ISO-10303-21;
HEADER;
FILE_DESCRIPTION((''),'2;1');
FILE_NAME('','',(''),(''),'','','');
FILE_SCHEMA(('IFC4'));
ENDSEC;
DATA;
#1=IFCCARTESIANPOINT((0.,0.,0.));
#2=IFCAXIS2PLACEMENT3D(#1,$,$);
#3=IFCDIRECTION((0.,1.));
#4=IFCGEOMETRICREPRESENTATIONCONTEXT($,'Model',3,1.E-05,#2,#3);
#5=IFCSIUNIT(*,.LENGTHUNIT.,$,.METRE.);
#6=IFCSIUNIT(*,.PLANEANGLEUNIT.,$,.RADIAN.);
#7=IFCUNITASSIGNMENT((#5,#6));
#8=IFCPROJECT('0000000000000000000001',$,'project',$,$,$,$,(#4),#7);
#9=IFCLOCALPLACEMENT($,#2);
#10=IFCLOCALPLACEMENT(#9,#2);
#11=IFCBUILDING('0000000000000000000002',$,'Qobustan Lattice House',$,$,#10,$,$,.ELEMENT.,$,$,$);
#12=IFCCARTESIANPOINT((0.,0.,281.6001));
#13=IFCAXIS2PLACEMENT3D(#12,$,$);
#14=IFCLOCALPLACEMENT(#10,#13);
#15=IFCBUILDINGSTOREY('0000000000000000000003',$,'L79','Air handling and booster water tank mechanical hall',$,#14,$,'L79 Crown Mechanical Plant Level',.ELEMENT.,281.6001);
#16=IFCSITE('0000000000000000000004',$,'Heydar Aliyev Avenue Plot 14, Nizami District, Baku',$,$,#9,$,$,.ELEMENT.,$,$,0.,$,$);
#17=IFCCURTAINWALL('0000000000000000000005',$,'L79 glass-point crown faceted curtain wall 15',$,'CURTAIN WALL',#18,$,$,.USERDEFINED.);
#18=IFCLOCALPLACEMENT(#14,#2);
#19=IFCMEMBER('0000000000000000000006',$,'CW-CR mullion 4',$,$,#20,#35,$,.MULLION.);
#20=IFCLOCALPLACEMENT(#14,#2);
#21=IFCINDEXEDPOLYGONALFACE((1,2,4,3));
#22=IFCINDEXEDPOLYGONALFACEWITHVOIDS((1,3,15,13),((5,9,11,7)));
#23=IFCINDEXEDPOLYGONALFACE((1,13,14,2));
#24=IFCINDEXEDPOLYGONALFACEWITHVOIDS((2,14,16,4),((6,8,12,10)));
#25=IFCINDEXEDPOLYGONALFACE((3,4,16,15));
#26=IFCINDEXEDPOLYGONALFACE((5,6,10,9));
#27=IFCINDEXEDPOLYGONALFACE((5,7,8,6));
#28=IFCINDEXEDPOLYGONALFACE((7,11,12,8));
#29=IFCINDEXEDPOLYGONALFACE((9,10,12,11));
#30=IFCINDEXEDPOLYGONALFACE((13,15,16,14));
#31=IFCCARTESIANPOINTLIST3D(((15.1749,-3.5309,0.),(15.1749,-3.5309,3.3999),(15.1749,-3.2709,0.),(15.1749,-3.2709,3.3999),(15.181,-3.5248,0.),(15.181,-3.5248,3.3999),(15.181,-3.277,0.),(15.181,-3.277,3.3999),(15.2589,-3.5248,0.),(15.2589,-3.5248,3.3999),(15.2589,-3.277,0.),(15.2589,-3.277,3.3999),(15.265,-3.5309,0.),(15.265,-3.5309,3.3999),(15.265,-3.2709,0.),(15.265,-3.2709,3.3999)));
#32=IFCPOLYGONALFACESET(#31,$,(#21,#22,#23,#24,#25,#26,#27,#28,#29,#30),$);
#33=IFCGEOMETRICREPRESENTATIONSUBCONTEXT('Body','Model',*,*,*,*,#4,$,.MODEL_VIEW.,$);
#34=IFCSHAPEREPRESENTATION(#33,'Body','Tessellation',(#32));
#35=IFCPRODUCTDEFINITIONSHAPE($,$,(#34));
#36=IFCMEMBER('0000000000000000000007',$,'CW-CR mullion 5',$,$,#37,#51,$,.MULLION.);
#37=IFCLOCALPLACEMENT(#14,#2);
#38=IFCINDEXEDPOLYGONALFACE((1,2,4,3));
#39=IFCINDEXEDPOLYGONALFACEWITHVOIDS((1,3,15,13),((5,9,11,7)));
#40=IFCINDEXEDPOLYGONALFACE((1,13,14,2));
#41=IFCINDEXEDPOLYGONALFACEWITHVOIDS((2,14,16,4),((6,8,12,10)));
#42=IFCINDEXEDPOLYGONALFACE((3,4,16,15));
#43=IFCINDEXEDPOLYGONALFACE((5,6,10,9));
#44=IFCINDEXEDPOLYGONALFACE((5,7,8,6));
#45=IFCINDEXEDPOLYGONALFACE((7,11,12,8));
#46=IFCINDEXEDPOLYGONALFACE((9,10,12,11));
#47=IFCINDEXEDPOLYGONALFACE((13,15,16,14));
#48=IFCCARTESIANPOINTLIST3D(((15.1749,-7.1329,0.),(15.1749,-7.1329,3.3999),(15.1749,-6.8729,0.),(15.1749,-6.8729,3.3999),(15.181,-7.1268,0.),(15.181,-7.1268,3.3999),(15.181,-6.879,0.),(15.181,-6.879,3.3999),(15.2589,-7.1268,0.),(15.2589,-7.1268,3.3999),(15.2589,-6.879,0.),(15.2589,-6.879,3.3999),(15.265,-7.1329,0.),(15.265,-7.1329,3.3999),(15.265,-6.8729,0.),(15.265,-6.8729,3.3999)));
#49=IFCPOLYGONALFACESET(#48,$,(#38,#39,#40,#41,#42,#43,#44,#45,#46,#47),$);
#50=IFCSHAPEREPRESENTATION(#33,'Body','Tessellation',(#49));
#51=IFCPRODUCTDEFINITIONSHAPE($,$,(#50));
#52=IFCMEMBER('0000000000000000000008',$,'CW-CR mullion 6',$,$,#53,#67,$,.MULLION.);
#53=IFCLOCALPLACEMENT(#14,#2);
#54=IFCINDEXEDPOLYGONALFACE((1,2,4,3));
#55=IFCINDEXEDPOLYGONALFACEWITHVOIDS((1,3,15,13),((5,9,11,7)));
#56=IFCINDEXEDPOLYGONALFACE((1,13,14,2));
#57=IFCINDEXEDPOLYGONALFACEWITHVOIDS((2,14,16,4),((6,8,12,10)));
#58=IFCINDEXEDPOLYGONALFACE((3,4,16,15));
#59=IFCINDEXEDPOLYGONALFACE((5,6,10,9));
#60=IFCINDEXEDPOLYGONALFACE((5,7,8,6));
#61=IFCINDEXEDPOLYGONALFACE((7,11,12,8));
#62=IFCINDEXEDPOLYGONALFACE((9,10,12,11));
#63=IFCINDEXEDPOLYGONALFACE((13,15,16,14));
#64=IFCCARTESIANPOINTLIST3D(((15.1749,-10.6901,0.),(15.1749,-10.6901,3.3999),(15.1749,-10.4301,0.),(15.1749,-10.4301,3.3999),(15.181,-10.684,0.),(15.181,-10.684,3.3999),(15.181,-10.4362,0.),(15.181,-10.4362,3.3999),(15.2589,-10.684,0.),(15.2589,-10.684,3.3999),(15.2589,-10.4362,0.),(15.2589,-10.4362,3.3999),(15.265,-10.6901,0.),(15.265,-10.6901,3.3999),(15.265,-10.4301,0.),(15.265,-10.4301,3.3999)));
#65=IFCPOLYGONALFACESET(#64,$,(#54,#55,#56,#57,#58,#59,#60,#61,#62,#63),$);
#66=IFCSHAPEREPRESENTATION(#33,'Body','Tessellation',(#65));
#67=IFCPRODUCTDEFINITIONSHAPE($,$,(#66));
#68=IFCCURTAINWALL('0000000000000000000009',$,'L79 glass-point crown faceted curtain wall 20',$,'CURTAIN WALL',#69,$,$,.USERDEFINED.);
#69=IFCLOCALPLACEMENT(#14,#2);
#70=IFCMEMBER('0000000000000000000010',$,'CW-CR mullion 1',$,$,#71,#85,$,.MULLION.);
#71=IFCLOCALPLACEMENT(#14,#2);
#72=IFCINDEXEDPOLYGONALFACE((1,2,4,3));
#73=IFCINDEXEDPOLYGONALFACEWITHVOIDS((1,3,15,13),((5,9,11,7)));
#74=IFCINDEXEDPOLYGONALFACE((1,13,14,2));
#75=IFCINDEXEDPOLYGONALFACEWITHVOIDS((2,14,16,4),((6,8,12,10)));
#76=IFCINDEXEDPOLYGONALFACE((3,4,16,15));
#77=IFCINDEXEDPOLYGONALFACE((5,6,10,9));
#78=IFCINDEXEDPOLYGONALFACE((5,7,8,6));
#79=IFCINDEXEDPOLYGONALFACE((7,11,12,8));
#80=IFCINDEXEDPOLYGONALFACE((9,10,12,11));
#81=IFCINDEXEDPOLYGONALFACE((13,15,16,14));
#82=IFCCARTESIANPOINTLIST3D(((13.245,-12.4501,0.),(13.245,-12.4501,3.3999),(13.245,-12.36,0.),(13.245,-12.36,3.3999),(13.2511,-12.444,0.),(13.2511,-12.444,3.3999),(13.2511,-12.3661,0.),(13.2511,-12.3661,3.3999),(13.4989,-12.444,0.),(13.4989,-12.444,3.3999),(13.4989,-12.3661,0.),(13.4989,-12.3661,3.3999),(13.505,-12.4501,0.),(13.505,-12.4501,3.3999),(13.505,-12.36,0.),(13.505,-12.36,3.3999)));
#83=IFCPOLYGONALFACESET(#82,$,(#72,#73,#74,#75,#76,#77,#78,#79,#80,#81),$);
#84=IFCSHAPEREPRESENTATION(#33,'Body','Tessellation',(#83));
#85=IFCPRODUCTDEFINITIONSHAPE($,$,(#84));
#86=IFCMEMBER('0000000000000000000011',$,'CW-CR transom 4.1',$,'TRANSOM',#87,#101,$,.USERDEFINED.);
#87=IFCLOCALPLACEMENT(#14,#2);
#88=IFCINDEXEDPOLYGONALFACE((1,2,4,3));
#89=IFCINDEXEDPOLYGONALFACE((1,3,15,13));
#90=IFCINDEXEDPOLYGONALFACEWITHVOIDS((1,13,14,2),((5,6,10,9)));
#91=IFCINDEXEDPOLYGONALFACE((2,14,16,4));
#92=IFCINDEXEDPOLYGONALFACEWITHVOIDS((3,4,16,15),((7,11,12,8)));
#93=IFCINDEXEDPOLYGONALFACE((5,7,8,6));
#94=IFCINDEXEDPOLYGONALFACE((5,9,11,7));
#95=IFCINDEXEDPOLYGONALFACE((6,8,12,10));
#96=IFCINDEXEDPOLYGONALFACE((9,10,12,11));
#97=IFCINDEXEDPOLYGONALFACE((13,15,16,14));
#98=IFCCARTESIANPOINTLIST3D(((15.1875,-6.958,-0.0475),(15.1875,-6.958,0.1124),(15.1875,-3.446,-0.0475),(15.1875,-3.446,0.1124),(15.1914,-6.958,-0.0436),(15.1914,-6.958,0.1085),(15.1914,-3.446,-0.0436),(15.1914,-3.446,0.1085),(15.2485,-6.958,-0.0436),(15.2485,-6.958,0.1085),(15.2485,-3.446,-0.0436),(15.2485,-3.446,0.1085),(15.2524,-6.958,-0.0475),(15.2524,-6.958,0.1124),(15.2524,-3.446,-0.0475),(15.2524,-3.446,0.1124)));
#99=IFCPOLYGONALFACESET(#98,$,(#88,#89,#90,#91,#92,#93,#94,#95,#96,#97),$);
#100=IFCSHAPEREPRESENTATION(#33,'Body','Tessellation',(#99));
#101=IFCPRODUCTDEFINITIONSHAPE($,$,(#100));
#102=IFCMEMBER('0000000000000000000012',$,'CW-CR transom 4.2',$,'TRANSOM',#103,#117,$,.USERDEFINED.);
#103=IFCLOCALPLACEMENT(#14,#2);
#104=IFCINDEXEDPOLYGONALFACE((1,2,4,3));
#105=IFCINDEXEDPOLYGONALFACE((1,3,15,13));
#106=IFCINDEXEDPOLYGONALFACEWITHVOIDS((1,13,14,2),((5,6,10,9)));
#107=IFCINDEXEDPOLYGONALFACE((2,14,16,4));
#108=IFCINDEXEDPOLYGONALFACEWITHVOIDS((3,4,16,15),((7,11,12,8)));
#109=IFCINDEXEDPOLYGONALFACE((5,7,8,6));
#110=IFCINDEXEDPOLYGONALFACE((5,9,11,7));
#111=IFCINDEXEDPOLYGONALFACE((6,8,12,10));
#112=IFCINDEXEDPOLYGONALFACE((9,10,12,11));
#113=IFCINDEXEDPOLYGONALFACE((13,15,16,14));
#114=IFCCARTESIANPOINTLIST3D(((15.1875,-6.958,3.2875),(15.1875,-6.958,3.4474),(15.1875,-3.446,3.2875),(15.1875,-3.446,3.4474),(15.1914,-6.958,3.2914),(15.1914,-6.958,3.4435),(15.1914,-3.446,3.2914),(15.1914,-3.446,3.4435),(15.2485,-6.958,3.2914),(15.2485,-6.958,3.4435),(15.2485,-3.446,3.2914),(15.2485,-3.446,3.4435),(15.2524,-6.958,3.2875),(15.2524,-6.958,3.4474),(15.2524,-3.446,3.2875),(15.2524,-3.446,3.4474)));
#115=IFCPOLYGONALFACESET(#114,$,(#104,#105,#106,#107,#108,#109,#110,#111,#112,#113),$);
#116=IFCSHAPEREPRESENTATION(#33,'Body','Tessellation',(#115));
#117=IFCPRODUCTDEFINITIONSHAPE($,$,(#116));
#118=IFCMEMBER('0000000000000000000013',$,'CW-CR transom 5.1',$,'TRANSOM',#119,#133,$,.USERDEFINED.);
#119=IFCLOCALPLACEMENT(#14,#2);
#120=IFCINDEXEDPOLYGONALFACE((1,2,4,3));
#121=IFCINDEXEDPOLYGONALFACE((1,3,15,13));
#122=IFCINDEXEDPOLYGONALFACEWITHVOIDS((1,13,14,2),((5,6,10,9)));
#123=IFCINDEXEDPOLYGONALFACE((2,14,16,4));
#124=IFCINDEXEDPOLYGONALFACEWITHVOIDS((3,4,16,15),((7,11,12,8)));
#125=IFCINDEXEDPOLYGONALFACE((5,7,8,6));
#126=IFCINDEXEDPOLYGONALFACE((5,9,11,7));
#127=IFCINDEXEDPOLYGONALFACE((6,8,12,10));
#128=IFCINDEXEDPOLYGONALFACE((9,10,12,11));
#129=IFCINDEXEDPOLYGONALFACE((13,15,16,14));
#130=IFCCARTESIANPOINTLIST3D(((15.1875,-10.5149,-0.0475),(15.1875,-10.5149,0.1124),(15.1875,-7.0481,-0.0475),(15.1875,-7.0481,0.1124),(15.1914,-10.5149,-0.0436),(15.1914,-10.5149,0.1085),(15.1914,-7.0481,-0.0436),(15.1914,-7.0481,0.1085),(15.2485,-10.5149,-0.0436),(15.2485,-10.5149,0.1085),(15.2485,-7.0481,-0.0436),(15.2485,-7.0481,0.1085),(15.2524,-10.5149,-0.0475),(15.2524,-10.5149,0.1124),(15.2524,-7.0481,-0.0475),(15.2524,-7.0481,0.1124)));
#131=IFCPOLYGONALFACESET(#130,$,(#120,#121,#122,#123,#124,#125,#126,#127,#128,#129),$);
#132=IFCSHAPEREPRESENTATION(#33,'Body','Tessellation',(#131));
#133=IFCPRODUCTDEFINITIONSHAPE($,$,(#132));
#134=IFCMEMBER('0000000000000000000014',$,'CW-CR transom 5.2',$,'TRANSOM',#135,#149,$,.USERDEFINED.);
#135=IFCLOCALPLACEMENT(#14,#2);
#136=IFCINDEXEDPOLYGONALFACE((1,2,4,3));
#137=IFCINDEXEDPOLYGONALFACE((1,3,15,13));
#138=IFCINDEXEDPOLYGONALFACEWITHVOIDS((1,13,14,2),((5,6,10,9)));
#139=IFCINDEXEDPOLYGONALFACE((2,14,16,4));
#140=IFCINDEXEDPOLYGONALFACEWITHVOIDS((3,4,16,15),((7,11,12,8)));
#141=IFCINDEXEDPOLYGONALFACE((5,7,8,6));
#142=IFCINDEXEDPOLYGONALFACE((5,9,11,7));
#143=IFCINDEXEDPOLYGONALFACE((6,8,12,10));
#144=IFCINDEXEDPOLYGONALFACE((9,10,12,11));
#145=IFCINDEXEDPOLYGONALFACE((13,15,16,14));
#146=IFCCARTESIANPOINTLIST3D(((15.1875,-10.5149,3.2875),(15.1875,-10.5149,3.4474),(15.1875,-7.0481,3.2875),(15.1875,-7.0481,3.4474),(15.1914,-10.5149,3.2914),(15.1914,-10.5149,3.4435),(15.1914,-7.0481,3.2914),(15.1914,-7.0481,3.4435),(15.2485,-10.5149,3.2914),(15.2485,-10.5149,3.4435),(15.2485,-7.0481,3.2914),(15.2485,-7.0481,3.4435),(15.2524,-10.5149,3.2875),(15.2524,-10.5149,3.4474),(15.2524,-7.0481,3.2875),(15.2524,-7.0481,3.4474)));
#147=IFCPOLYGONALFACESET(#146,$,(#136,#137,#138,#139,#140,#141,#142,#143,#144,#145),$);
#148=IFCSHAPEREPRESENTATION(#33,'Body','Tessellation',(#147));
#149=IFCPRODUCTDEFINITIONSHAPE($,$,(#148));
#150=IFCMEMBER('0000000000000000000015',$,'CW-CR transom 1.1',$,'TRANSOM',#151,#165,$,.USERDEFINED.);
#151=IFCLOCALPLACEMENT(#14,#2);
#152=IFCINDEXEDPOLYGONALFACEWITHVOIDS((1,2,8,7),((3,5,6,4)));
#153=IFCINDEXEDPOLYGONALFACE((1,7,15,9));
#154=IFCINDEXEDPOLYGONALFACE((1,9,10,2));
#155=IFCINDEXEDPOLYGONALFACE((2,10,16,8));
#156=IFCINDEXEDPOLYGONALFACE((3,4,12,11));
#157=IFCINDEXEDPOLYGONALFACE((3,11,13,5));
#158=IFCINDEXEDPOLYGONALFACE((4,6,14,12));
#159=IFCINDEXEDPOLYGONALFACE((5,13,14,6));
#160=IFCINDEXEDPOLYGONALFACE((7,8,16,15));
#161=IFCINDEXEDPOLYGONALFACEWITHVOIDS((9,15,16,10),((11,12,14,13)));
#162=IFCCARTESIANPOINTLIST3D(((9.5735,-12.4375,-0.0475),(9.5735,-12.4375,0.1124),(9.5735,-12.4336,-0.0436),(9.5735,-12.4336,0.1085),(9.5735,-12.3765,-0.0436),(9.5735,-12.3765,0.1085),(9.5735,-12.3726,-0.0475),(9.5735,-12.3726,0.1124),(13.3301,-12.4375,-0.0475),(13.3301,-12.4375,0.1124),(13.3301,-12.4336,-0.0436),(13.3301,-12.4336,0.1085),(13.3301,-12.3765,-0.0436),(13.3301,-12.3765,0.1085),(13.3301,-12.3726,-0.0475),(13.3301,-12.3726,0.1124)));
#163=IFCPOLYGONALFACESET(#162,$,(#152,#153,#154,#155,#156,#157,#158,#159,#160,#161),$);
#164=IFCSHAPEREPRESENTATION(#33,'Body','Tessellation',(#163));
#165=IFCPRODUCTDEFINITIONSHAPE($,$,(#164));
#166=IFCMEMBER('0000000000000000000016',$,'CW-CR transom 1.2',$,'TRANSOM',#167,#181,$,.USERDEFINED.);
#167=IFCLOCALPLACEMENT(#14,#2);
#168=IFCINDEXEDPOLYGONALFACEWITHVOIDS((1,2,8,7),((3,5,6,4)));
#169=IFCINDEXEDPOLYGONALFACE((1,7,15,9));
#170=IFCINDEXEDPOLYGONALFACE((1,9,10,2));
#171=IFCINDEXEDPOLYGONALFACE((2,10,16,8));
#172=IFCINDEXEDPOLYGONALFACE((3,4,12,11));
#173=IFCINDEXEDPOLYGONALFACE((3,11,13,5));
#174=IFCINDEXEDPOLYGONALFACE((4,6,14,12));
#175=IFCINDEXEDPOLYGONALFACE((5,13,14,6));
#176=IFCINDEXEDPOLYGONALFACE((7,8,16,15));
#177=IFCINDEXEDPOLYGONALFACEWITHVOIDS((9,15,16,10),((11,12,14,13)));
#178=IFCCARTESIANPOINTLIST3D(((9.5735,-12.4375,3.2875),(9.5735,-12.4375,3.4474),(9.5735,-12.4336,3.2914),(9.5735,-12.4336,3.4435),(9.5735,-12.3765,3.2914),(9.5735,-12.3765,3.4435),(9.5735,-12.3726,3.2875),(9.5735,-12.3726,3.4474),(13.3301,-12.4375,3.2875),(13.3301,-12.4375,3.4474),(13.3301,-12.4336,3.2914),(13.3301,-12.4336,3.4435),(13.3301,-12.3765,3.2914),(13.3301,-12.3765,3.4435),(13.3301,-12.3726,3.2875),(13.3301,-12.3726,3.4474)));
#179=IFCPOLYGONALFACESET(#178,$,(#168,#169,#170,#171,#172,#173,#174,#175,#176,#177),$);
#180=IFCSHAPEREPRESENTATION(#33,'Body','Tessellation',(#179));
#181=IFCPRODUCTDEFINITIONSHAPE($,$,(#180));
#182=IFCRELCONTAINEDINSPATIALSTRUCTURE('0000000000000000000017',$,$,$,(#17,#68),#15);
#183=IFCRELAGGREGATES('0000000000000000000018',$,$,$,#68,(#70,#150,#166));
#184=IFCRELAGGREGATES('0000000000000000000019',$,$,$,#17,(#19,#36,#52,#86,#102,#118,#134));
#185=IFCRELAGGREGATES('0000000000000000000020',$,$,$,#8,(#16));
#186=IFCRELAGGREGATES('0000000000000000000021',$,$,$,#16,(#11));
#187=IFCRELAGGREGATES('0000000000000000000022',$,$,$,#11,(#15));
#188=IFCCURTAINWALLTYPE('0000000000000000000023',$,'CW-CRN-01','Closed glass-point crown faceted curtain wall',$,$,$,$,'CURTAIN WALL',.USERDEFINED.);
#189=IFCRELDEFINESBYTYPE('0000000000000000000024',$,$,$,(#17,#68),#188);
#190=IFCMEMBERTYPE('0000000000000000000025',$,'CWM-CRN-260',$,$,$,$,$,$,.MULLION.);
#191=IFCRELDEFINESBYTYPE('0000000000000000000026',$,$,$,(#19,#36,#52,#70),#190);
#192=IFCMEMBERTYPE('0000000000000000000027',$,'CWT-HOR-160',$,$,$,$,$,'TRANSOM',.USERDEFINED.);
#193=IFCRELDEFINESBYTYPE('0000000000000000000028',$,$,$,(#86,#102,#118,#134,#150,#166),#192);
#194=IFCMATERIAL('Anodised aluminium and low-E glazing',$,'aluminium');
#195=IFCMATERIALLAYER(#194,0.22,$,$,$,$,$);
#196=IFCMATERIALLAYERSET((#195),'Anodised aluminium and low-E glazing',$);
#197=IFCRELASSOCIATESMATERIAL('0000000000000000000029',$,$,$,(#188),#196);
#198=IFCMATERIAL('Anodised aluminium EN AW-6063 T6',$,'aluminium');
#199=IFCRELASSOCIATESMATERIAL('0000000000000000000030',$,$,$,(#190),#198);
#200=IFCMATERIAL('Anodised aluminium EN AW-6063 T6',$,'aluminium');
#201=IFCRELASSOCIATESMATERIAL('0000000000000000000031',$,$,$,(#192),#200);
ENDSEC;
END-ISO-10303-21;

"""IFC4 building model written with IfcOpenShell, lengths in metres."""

from ifc_helpers import new_model, si_unit, direction, frame, origin, origin_2d, place, context, subcontext, project, spatial, hollow_rectangle, extrude, material, layer, layer_set, material_profile, profile_set, type_object, element, aggregate, save


model = new_model("IFC4")

# Units and contexts
model_context = context("Model", 3, precision=1e-05, world=origin(), true_north=direction((0.0, 1.0)))
body_context = subcontext(model_context, "Body", "Model", "MODEL_VIEW")
ifc_project = project(units=[si_unit("LENGTHUNIT", "METRE"), si_unit("PLANEANGLEUNIT", "RADIAN")], contexts=[model_context])

# Site, building, storey
site_placement = place(None, origin())
site = spatial("IfcSite", under=ifc_project, at=site_placement, Name="Heydar Aliyev Avenue Plot 14, Nizami District, Baku", CompositionType="ELEMENT", RefElevation=0.0)
building_placement = place(site_placement, origin())
building = spatial("IfcBuilding", under=site, at=building_placement, Name="Qobustan Lattice House", CompositionType="ELEMENT")
storey_placement = place(building_placement, frame((0.0, 0.0, 281.6001)))
storey = spatial("IfcBuildingStorey", under=building, at=storey_placement, Name="L79", Description="Air handling and booster water tank mechanical hall", LongName="L79 Crown Mechanical Plant Level", CompositionType="ELEMENT", Elevation=281.6001)

# Curtain wall, members
ifc_material_1 = material(Name="Anodised aluminium and low-E glazing", Category="aluminium")
ifc_layer_1 = layer(ifc_material_1, 0.22)
ifc_layer_set_1 = layer_set([ifc_layer_1], Name="Anodised aluminium and low-E glazing")
curtain_wall_type = type_object("IfcCurtainWallType", Name="CW-CRN-01", Description="Closed glass-point crown faceted curtain wall", ElementType="CURTAIN WALL", PredefinedType="USERDEFINED", material=ifc_layer_set_1)
curtain_wall_1_placement = place(storey_placement, origin())
curtain_wall_1 = element("IfcCurtainWall", 1, at=curtain_wall_1_placement, inside=storey, type_object=curtain_wall_type, Name="L79 glass-point crown faceted curtain wall 15", ObjectType="CURTAIN WALL", PredefinedType="USERDEFINED")
ifc_material_2 = material(Name="Anodised aluminium EN AW-6063 T6", Category="aluminium")
ifc_material_profile_1 = material_profile(ifc_material_2, hollow_rectangle(XDim=0.0901, YDim=0.26, WallThickness=0.0061, at=origin_2d()), Name="CWM-CROWN-260x90")
ifc_profile_set_1 = profile_set([ifc_material_profile_1], Name="Anodised aluminium EN AW-6063 T6")
member_type_1 = type_object("IfcMemberType", Name="CWM-CRN-260", PredefinedType="MULLION", material=ifc_profile_set_1)
member_1_placement = place(storey_placement, frame((15.22, -3.4009, 0.0), z_axis=(0.0, 0.0, 1.0), x_axis=(1.0, 0.0, 0.0)))
member_1 = element("IfcMember", 2, at=member_1_placement, type_object=member_type_1, Name="CW-CR mullion 4", PredefinedType="MULLION", context=body_context, shape_type="SweptSolid", body=[
    extrude(hollow_rectangle(XDim=0.0901, YDim=0.26, WallThickness=0.0061, at=origin_2d()), origin(), (0.0, 0.0, 1.0), 3.3999),
])
member_2_placement = place(storey_placement, frame((15.22, -7.0029, 0.0), z_axis=(0.0, 0.0, 1.0), x_axis=(1.0, 0.0, 0.0)))
member_2 = element("IfcMember", 3, at=member_2_placement, type_object=member_type_1, Name="CW-CR mullion 5", PredefinedType="MULLION", context=body_context, shape_type="SweptSolid", body=[
    extrude(hollow_rectangle(XDim=0.0901, YDim=0.26, WallThickness=0.0061, at=origin_2d()), origin(), (0.0, 0.0, 1.0), 3.3999),
])
member_3_placement = place(storey_placement, frame((15.22, -10.5601, 0.0), z_axis=(0.0, 0.0, 1.0), x_axis=(1.0, 0.0, 0.0)))
member_3 = element("IfcMember", 4, at=member_3_placement, type_object=member_type_1, Name="CW-CR mullion 6", PredefinedType="MULLION", context=body_context, shape_type="SweptSolid", body=[
    extrude(hollow_rectangle(XDim=0.0901, YDim=0.26, WallThickness=0.0061, at=origin_2d()), origin(), (0.0, 0.0, 1.0), 3.3999),
])

# Curtain wall, member
curtain_wall_2_placement = place(storey_placement, origin())
curtain_wall_2 = element("IfcCurtainWall", 5, at=curtain_wall_2_placement, inside=storey, type_object=curtain_wall_type, Name="L79 glass-point crown faceted curtain wall 20", ObjectType="CURTAIN WALL", PredefinedType="USERDEFINED")
member_4_placement = place(storey_placement, frame((13.375, -12.405, 0.0), z_axis=(0.0, 0.0, 1.0), x_axis=(0.0, -1.0, 0.0)))
member_4 = element("IfcMember", 6, at=member_4_placement, type_object=member_type_1, Name="CW-CR mullion 1", PredefinedType="MULLION", context=body_context, shape_type="SweptSolid", body=[
    extrude(hollow_rectangle(XDim=0.0901, YDim=0.26, WallThickness=0.0061, at=origin_2d()), origin(), (0.0, 0.0, 1.0), 3.3999),
])

# Members
ifc_material_3 = material(Name="Anodised aluminium EN AW-6063 T6", Category="aluminium")
ifc_material_profile_2 = material_profile(ifc_material_3, hollow_rectangle(XDim=0.0649, YDim=0.1599, WallThickness=0.0039, at=origin_2d()), Name="CWT-160x65")
ifc_profile_set_2 = profile_set([ifc_material_profile_2], Name="Anodised aluminium EN AW-6063 T6")
member_type_2 = type_object("IfcMemberType", Name="CWT-HOR-160", ElementType="TRANSOM", PredefinedType="USERDEFINED", material=ifc_profile_set_2)
member_5_placement = place(storey_placement, frame((15.22, -3.446, 0.0325), z_axis=(0.0, -1.0, 0.0), x_axis=(1.0, 0.0, 0.0)))
member_5 = element("IfcMember", 7, at=member_5_placement, type_object=member_type_2, Name="CW-CR transom 4.1", ObjectType="TRANSOM", PredefinedType="USERDEFINED", context=body_context, shape_type="SweptSolid", body=[
    extrude(hollow_rectangle(XDim=0.0649, YDim=0.1599, WallThickness=0.0039, at=origin_2d()), origin(), (0.0, 0.0, 1.0), 3.512),
])
member_6_placement = place(storey_placement, frame((15.22, -3.446, 3.3674), z_axis=(0.0, -1.0, 0.0), x_axis=(1.0, 0.0, 0.0)))
member_6 = element("IfcMember", 8, at=member_6_placement, type_object=member_type_2, Name="CW-CR transom 4.2", ObjectType="TRANSOM", PredefinedType="USERDEFINED", context=body_context, shape_type="SweptSolid", body=[
    extrude(hollow_rectangle(XDim=0.0649, YDim=0.1599, WallThickness=0.0039, at=origin_2d()), origin(), (0.0, 0.0, 1.0), 3.512),
])
member_7_placement = place(storey_placement, frame((15.22, -7.0481, 0.0325), z_axis=(0.0, -1.0, 0.0), x_axis=(1.0, 0.0, 0.0)))
member_7 = element("IfcMember", 9, at=member_7_placement, type_object=member_type_2, Name="CW-CR transom 5.1", ObjectType="TRANSOM", PredefinedType="USERDEFINED", context=body_context, shape_type="SweptSolid", body=[
    extrude(hollow_rectangle(XDim=0.0649, YDim=0.1599, WallThickness=0.0039, at=origin_2d()), origin(), (0.0, 0.0, 1.0), 3.4668),
])
member_8_placement = place(storey_placement, frame((15.22, -7.0481, 3.3674), z_axis=(0.0, -1.0, 0.0), x_axis=(1.0, 0.0, 0.0)))
member_8 = element("IfcMember", 10, at=member_8_placement, type_object=member_type_2, Name="CW-CR transom 5.2", ObjectType="TRANSOM", PredefinedType="USERDEFINED", context=body_context, shape_type="SweptSolid", body=[
    extrude(hollow_rectangle(XDim=0.0649, YDim=0.1599, WallThickness=0.0039, at=origin_2d()), origin(), (0.0, 0.0, 1.0), 3.4668),
])
member_9_placement = place(storey_placement, frame((13.3301, -12.405, 0.0325), z_axis=(-1.0, 0.0, 0.0), x_axis=(0.0, -1.0, 0.0)))
member_9 = element("IfcMember", 11, at=member_9_placement, type_object=member_type_2, Name="CW-CR transom 1.1", ObjectType="TRANSOM", PredefinedType="USERDEFINED", context=body_context, shape_type="SweptSolid", body=[
    extrude(hollow_rectangle(XDim=0.0649, YDim=0.1599, WallThickness=0.0039, at=origin_2d()), origin(), (0.0, 0.0, 1.0), 3.7566),
])
member_10_placement = place(storey_placement, frame((13.3301, -12.405, 3.3674), z_axis=(-1.0, 0.0, 0.0), x_axis=(0.0, -1.0, 0.0)))
member_10 = element("IfcMember", 12, at=member_10_placement, type_object=member_type_2, Name="CW-CR transom 1.2", ObjectType="TRANSOM", PredefinedType="USERDEFINED", context=body_context, shape_type="SweptSolid", body=[
    extrude(hollow_rectangle(XDim=0.0649, YDim=0.1599, WallThickness=0.0039, at=origin_2d()), origin(), (0.0, 0.0, 1.0), 3.7566),
])
aggregate(curtain_wall_2, [member_4, member_9, member_10])

aggregate(curtain_wall_1, [member_1, member_2, member_3, member_5, member_6, member_7, member_8])

save(model, "model.ifc")
